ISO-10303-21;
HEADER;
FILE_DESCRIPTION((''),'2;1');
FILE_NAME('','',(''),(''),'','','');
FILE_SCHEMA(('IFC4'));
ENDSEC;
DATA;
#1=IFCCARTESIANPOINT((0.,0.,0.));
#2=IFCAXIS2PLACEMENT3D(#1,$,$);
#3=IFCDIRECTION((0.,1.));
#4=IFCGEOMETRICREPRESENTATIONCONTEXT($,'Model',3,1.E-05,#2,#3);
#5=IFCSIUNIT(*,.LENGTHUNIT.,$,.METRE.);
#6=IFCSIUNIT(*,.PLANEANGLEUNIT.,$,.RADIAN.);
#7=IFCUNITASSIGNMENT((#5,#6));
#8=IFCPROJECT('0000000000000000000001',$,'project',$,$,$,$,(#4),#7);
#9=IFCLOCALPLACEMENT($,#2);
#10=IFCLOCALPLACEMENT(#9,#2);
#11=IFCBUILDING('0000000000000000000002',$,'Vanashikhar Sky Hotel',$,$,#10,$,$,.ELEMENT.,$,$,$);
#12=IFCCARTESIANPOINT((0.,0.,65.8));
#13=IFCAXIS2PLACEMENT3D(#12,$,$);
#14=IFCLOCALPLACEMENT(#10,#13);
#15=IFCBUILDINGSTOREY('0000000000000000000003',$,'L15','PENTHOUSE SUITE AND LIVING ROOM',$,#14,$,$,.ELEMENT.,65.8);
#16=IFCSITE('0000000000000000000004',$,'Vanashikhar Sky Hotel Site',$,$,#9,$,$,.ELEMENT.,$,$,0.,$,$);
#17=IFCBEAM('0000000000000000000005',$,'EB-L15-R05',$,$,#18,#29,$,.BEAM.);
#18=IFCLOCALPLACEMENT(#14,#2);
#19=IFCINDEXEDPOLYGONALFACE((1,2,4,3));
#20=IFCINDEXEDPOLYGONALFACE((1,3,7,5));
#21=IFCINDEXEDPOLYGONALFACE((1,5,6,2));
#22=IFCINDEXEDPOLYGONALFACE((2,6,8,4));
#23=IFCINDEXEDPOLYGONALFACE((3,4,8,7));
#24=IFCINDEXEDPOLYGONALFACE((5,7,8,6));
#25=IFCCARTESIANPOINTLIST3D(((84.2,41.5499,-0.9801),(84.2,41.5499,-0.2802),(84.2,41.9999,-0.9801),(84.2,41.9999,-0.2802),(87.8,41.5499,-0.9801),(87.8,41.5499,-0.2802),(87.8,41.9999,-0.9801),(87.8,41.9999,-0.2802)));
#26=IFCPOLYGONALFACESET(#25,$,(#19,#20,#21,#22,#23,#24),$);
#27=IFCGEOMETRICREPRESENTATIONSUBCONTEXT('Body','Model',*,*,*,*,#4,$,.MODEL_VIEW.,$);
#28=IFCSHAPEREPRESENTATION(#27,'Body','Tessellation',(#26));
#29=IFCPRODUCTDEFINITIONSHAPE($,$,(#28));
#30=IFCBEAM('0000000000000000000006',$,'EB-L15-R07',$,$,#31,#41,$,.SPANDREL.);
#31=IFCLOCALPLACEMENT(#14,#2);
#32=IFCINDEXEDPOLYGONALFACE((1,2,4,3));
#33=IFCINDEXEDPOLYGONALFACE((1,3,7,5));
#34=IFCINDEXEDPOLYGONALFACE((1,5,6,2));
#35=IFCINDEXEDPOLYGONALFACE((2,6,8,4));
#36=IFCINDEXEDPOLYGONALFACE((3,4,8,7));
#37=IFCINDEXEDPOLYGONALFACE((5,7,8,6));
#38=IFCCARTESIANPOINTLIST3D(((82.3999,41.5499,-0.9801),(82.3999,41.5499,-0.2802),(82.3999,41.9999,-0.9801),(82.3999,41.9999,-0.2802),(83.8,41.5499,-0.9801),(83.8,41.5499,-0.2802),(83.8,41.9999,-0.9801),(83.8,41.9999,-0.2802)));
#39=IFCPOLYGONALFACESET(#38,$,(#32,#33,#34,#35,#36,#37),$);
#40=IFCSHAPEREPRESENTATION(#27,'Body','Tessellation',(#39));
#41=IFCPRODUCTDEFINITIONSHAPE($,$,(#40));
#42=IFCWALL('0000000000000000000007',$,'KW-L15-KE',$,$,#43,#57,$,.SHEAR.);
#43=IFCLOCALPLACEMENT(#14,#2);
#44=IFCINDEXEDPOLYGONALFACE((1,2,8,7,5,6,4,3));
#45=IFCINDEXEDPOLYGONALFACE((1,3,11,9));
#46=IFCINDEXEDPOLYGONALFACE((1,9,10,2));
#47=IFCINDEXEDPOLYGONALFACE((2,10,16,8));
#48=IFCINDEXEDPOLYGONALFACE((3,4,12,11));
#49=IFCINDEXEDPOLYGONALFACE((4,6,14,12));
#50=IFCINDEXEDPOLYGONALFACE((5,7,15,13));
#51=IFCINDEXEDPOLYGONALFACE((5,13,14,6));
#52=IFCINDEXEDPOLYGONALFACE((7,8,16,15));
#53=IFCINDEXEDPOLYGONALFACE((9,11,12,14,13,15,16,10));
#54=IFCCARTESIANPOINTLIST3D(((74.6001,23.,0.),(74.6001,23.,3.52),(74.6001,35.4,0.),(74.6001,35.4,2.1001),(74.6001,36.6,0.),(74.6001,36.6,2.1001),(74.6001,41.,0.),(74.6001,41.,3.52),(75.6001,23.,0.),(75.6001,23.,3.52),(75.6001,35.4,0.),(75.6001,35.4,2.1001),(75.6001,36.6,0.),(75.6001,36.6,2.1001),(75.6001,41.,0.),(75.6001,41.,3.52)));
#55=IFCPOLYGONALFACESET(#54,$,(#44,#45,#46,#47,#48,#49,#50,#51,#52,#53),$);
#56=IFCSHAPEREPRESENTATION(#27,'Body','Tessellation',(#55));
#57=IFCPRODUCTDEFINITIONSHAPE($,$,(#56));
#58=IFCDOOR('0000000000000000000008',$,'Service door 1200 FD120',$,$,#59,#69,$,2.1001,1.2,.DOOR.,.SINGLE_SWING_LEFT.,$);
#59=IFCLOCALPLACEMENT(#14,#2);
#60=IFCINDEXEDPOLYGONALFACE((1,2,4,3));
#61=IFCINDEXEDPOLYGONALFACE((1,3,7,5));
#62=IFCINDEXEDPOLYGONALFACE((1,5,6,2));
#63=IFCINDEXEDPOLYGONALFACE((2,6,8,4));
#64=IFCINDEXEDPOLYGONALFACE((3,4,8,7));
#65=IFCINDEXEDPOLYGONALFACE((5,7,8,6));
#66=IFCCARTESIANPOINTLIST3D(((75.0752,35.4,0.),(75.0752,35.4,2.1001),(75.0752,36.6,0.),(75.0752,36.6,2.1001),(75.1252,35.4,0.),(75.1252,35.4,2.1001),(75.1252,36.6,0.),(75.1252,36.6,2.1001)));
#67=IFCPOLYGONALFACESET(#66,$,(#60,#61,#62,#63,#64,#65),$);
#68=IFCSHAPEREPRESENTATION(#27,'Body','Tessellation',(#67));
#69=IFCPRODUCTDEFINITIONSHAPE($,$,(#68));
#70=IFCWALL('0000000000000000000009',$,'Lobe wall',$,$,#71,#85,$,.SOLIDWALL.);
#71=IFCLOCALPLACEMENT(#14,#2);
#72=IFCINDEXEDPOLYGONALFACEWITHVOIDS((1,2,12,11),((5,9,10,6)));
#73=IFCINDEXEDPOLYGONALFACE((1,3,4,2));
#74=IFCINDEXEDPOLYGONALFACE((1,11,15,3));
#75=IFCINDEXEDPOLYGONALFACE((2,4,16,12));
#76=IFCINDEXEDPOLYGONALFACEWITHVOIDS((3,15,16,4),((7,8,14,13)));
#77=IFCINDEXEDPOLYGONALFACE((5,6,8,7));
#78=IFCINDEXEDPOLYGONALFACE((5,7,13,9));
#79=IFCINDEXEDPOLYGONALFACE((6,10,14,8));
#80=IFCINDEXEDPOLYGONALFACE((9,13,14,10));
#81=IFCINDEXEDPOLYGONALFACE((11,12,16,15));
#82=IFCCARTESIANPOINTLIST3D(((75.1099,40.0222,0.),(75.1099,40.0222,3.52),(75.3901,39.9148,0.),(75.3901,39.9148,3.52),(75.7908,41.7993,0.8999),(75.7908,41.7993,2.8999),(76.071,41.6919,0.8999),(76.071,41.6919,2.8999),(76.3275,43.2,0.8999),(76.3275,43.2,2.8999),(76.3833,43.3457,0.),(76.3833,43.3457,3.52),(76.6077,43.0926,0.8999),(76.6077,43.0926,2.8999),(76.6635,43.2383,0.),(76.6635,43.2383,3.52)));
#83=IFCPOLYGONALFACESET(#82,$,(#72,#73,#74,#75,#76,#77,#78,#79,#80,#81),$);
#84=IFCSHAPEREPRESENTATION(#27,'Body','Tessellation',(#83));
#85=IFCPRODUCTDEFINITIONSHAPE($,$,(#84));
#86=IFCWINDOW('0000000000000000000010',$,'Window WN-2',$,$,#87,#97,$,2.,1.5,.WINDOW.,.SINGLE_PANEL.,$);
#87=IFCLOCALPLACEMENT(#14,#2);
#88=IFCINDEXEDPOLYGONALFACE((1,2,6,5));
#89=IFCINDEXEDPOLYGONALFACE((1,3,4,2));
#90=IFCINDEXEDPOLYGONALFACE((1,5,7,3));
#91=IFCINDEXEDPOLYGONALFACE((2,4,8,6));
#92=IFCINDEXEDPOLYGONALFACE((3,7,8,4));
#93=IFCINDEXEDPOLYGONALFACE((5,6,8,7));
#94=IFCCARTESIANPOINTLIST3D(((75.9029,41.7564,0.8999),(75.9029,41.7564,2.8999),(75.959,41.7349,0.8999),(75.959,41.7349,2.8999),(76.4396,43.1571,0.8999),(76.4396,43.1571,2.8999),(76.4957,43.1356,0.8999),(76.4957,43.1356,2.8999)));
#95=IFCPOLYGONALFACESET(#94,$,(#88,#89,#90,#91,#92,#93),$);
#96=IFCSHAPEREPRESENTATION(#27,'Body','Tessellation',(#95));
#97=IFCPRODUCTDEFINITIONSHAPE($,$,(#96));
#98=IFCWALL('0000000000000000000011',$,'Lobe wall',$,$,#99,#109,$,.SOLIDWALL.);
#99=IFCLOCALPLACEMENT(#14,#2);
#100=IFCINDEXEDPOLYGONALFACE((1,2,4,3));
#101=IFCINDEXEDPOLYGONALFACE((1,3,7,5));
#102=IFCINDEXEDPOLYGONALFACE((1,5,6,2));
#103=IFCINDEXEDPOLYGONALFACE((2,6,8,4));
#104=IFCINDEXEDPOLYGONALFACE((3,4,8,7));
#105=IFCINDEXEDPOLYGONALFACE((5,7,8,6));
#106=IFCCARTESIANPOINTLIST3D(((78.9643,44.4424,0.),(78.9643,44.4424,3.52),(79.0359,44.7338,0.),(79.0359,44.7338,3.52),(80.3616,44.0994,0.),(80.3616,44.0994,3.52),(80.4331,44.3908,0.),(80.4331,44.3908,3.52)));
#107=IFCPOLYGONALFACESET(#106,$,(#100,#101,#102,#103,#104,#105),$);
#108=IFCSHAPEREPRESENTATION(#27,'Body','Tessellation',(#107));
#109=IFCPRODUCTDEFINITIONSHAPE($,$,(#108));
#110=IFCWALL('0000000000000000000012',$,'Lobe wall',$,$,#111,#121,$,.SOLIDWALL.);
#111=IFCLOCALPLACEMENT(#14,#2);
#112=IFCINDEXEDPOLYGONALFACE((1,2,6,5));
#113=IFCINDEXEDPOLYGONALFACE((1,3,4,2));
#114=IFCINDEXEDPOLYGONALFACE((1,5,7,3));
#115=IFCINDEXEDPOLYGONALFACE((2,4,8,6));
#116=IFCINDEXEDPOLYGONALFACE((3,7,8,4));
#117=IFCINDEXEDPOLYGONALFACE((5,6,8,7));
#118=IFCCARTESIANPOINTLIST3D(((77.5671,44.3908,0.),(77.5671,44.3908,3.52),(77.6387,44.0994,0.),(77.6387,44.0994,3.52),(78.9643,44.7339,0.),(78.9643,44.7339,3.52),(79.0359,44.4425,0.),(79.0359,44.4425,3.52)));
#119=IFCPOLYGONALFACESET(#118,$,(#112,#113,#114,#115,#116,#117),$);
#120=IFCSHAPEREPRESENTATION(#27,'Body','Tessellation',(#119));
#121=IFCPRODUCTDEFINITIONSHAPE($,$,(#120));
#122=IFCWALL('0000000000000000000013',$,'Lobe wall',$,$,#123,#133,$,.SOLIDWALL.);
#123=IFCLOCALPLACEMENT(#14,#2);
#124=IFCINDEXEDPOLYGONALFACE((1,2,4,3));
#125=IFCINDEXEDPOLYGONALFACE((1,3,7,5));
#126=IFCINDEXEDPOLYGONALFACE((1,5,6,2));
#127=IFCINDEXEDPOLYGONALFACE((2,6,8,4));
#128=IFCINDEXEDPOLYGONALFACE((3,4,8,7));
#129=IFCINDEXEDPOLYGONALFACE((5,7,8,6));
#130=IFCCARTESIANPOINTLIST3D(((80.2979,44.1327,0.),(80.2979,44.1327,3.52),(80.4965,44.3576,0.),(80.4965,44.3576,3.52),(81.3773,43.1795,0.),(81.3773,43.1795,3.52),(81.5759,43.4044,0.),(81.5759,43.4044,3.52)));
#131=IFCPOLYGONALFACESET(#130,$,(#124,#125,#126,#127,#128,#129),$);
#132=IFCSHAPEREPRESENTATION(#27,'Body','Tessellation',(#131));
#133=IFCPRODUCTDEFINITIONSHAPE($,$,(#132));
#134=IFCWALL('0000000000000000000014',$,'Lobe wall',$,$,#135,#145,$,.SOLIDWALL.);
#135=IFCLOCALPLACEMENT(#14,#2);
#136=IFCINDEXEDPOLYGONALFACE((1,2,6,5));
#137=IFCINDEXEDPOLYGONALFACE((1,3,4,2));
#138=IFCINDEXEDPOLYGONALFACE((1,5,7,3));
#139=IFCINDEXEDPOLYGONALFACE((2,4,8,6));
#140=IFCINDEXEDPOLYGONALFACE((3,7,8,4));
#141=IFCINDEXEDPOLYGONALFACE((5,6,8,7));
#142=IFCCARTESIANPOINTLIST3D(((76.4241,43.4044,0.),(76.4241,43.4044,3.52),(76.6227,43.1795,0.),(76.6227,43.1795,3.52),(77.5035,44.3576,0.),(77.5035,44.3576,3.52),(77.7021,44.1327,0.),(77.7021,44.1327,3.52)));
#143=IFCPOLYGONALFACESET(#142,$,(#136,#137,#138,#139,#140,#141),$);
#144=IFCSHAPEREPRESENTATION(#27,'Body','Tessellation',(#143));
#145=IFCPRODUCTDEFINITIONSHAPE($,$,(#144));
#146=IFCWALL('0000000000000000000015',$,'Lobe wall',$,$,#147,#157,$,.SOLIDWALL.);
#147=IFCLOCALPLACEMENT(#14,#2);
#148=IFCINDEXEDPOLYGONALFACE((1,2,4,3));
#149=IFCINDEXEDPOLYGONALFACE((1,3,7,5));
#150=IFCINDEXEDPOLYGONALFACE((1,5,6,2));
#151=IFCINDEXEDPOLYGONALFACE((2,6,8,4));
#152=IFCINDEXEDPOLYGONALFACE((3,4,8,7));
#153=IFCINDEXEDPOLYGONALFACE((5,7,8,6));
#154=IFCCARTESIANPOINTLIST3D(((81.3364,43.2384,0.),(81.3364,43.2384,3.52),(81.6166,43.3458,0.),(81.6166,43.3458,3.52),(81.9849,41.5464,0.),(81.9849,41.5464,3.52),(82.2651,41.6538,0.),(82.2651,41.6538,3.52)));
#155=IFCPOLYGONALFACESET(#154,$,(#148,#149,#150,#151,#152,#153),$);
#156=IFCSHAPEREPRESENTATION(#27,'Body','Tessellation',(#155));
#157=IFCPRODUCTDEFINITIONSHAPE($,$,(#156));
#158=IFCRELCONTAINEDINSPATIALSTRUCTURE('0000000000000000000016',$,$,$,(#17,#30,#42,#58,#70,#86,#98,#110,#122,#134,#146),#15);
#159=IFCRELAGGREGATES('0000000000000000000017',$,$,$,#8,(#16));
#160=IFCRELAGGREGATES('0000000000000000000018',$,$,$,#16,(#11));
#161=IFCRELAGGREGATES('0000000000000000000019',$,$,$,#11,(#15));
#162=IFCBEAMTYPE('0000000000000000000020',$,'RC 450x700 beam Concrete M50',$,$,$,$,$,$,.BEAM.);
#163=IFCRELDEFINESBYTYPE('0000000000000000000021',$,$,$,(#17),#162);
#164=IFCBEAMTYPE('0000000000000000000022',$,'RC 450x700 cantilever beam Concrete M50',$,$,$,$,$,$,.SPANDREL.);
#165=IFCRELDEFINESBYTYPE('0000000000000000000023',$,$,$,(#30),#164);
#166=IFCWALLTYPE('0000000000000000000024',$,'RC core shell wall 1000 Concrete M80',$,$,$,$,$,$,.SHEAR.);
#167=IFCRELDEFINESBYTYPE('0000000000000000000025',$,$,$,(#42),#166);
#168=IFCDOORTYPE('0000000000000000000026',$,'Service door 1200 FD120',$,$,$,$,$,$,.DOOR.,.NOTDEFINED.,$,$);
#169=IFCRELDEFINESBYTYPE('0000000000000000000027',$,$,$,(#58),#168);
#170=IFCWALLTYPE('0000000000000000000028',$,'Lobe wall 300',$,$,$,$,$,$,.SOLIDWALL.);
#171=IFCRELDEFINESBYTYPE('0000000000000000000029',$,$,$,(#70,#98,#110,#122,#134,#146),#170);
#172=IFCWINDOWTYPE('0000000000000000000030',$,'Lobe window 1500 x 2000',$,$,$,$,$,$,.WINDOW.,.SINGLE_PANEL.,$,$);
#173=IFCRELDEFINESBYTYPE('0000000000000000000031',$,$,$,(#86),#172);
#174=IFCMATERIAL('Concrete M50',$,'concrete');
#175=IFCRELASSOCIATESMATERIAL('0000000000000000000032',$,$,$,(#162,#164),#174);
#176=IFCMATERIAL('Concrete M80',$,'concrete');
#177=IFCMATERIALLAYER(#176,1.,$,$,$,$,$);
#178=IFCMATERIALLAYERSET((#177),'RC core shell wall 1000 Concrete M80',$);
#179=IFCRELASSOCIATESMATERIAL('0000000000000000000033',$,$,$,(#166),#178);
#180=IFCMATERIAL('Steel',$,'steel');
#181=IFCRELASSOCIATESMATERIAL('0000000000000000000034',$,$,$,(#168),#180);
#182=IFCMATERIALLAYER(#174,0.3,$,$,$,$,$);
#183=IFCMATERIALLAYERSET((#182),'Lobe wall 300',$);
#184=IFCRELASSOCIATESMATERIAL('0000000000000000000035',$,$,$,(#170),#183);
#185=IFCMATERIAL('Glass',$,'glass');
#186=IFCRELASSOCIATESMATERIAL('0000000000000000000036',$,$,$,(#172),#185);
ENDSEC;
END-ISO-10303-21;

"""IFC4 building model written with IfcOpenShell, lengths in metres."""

from ifc_helpers import new_model, si_unit, direction, frame, frame_2d, origin, origin_2d, place, context, subcontext, project, spatial, rectangle, extrude, source, transform, mapped, material, layer, layer_set, material_profile, profile_set, type_object, element, fill, save


model = new_model("IFC4")

# Units and contexts
model_context = context("Model", 3, precision=1e-05, world=origin(), true_north=direction((0.0, 1.0)))
body_context = subcontext(model_context, "Body", "Model", "MODEL_VIEW")
ifc_project = project(units=[si_unit("LENGTHUNIT", "METRE"), si_unit("PLANEANGLEUNIT", "RADIAN")], contexts=[model_context])

# Site, building, storey
site_placement = place(None, origin())
site = spatial("IfcSite", under=ifc_project, at=site_placement, Name="Vanashikhar Sky Hotel Site", CompositionType="ELEMENT", RefElevation=0.0)
building_placement = place(site_placement, origin())
building = spatial("IfcBuilding", under=site, at=building_placement, Name="Vanashikhar Sky Hotel", CompositionType="ELEMENT")
storey_placement = place(building_placement, frame((0.0, 0.0, 65.8)))
storey = spatial("IfcBuildingStorey", under=building, at=storey_placement, Name="L15", Description="PENTHOUSE SUITE AND LIVING ROOM", CompositionType="ELEMENT", Elevation=65.8)

# Beams
ifc_material_1 = material(Name="Concrete M50", Category="concrete")
ifc_material_profile_1 = material_profile(ifc_material_1, rectangle(XDim=0.45, YDim=0.7, at=origin_2d()))
ifc_profile_set_1 = profile_set([ifc_material_profile_1], Name="RC 450x700 beam Concrete M50")
beam_type_1 = type_object("IfcBeamType", Name="RC 450x700 beam Concrete M50", PredefinedType="BEAM", material=ifc_profile_set_1)
shared_shape_1 = source(origin(), body_context, "Body", "SweptSolid", [
    extrude(rectangle(XDim=0.45, YDim=0.7, at=origin_2d()), origin(), (0.0, 0.0, 1.0), 3.6001),
])
beam_1_placement = place(storey_placement, frame((84.2, 41.7749, -0.6301), z_axis=(1.0, 0.0, 0.0), x_axis=(0.0, 1.0, 0.0)))
element("IfcBeam", 1, at=beam_1_placement, inside=storey, type_object=beam_type_1, Name="EB-L15-R05", PredefinedType="BEAM", context=body_context, shape_type="MappedRepresentation", body=[
    mapped(shared_shape_1, transform((0.0, 0.0, 0.0), scale=1.0)),
])
ifc_material_profile_2 = material_profile(ifc_material_1, rectangle(XDim=0.45, YDim=0.7, at=origin_2d()))
ifc_profile_set_2 = profile_set([ifc_material_profile_2], Name="RC 450x700 cantilever beam Concrete M50")
beam_type_2 = type_object("IfcBeamType", Name="RC 450x700 cantilever beam Concrete M50", PredefinedType="SPANDREL", material=ifc_profile_set_2)
shared_shape_2 = source(origin(), body_context, "Body", "SweptSolid", [
    extrude(rectangle(XDim=0.45, YDim=0.7, at=origin_2d()), origin(), (0.0, 0.0, 1.0), 1.4001),
])
beam_2_placement = place(storey_placement, frame((82.3999, 41.7749, -0.6301), z_axis=(1.0, 0.0, 0.0), x_axis=(0.0, 1.0, 0.0)))
element("IfcBeam", 2, at=beam_2_placement, inside=storey, type_object=beam_type_2, Name="EB-L15-R07", PredefinedType="SPANDREL", context=body_context, shape_type="MappedRepresentation", body=[
    mapped(shared_shape_2, transform((0.0, 0.0, 0.0), scale=1.0)),
])

# Wall, opening, door
ifc_material_2 = material(Name="Concrete M80", Category="concrete")
ifc_layer_1 = layer(ifc_material_2, 1.0)
ifc_layer_set_1 = layer_set([ifc_layer_1], Name="RC core shell wall 1000 Concrete M80")
wall_type_1 = type_object("IfcWallType", Name="RC core shell wall 1000 Concrete M80", PredefinedType="SHEAR", material=ifc_layer_set_1)
shared_shape_3 = source(origin(), body_context, "Body", "SweptSolid", [
    extrude(rectangle(XDim=18.0, YDim=1.0, at=frame_2d((9.0, 0.0))), origin(), (0.0, 0.0, 1.0), 3.52),
])
wall_1_placement = place(storey_placement, frame((75.1001, 23.0, 0.0), z_axis=(0.0, 0.0, 1.0), x_axis=(0.0, 1.0, 0.0)))
wall_1 = element("IfcWall", 3, at=wall_1_placement, inside=storey, type_object=wall_type_1, Name="KW-L15-KE", PredefinedType="SHEAR", context=body_context, shape_type="MappedRepresentation", body=[
    mapped(shared_shape_3, transform((0.0, 0.0, 0.0), scale=1.0)),
])
shared_shape_4 = source(origin(), body_context, "Body", "SweptSolid", [
    extrude(rectangle(XDim=1.2, YDim=2.1001, at=frame_2d((0.6001, 1.05))), frame((0.0, 0.51, 0.0), z_axis=(0.0, -1.0, 0.0), x_axis=(1.0, 0.0, 0.0)), (0.0, 0.0, 1.0), 1.02),
])
opening_1_placement = place(wall_1_placement, frame((12.3999, 0.0, 0.0)))
opening_1 = element("IfcOpeningElement", 4, at=opening_1_placement, cuts=wall_1, PredefinedType="OPENING", context=body_context, shape_type="MappedRepresentation", body=[
    mapped(shared_shape_4, transform((0.0, 0.0, 0.0), scale=1.0)),
])
ifc_material_3 = material(Name="Steel", Category="steel")
door_type_1 = type_object("IfcDoorType", Name="Service door 1200 FD120", OperationType="NOTDEFINED", PredefinedType="DOOR", material=ifc_material_3)
shared_shape_5 = source(origin(), body_context, "Body", "SweptSolid", [
    extrude(rectangle(XDim=1.2, YDim=2.1001, at=frame_2d((0.6001, 1.05))), frame((0.0, 0.0249, 0.0), z_axis=(0.0, -1.0, 0.0), x_axis=(1.0, 0.0, 0.0)), (0.0, 0.0, 1.0), 0.05),
])
door_1_placement = place(opening_1_placement, origin())
door_1 = element("IfcDoor", 5, at=door_1_placement, inside=storey, type_object=door_type_1, Name="Service door 1200 FD120", OperationType="SINGLE_SWING_LEFT", OverallHeight=2.1001, OverallWidth=1.2, PredefinedType="DOOR", context=body_context, shape_type="MappedRepresentation", body=[
    mapped(shared_shape_5, transform((0.0, 0.0, 0.0), scale=1.0)),
])
fill(opening_1, door_1)

# Wall, opening, window
ifc_layer_2 = layer(ifc_material_1, 0.3)
ifc_layer_set_2 = layer_set([ifc_layer_2], Name="Lobe wall 300")
wall_type_2 = type_object("IfcWallType", Name="Lobe wall 300", PredefinedType="SOLIDWALL", material=ifc_layer_set_2)
shared_shape_6 = source(origin(), body_context, "Body", "SweptSolid", [
    extrude(rectangle(XDim=3.5591, YDim=0.3, at=frame_2d((1.7795, 0.0))), origin(), (0.0, 0.0, 1.0), 3.52),
])
wall_2_placement = place(storey_placement, frame((76.5234, 43.292, 0.0), z_axis=(0.0, 0.0, 1.0), x_axis=(-0.357797, -0.933799, 0.0)))
wall_2 = element("IfcWall", 6, at=wall_2_placement, inside=storey, type_object=wall_type_2, Name="Lobe wall", PredefinedType="SOLIDWALL", context=body_context, shape_type="MappedRepresentation", body=[
    mapped(shared_shape_6, transform((0.0, 0.0, 0.0), scale=1.0)),
])
shared_shape_7 = source(origin(), body_context, "Body", "SweptSolid", [
    extrude(rectangle(XDim=1.5, YDim=2.0, at=frame_2d((0.75, 1.0))), frame((0.0, 0.1602, 0.0), z_axis=(0.0, -1.0, 0.0), x_axis=(1.0, 0.0, 0.0)), (0.0, 0.0, 1.0), 0.3201),
])
opening_2_placement = place(wall_2_placement, frame((0.156, 0.0, 0.8999)))
opening_2 = element("IfcOpeningElement", 7, at=opening_2_placement, cuts=wall_2, PredefinedType="OPENING", context=body_context, shape_type="MappedRepresentation", body=[
    mapped(shared_shape_7, transform((0.0, 0.0, 0.0), scale=1.0)),
])
ifc_material_4 = material(Name="Glass", Category="glass")
window_type = type_object("IfcWindowType", Name="Lobe window 1500 x 2000", PartitioningType="SINGLE_PANEL", PredefinedType="WINDOW", material=ifc_material_4)
shared_shape_8 = source(origin(), body_context, "Body", "SweptSolid", [
    extrude(rectangle(XDim=1.5, YDim=2.0, at=frame_2d((0.75, 1.0))), frame((0.0, 0.03, 0.0), z_axis=(0.0, -1.0, 0.0), x_axis=(1.0, 0.0, 0.0)), (0.0, 0.0, 1.0), 0.0601),
])
window_placement = place(opening_2_placement, origin())
window = element("IfcWindow", 8, at=window_placement, inside=storey, type_object=window_type, Name="Window WN-2", OverallHeight=2.0, OverallWidth=1.5, PartitioningType="SINGLE_PANEL", PredefinedType="WINDOW", context=body_context, shape_type="MappedRepresentation", body=[
    mapped(shared_shape_8, transform((0.0, 0.0, 0.0), scale=1.0)),
])
fill(opening_2, window)

# Walls
shared_shape_9 = source(origin(), body_context, "Body", "SweptSolid", [
    extrude(rectangle(XDim=1.4387, YDim=0.3, at=frame_2d((0.7192, 0.0))), origin(), (0.0, 0.0, 1.0), 3.52),
])
for number, where, z_axis, x_axis, name in (
    (9, (80.3972, 44.2451, 0.0), (0.0, 0.0, 1.0), (-0.971162, 0.238421, 0.0), "Lobe wall"),
    (10, (79.0, 44.5881, 0.0), (0.0, 0.0, 1.0), (-0.971162, -0.238421, 0.0), "Lobe wall"),
):
    element("IfcWall", number, at=place(storey_placement, frame(where, z_axis=z_axis, x_axis=x_axis)), inside=storey, type_object=wall_type_2, Name=name, PredefinedType="SOLIDWALL", context=body_context, shape_type="MappedRepresentation", body=[
        mapped(shared_shape_9, transform((0.0, 0.0, 0.0), scale=1.0)),
    ])
shared_shape_10 = source(origin(), body_context, "Body", "SweptSolid", [
    extrude(rectangle(XDim=1.4399, YDim=0.3, at=frame_2d((0.72, 0.0))), origin(), (0.0, 0.0, 1.0), 3.52),
])
for number, where, z_axis, x_axis, name in (
    (11, (81.4766, 43.292, 0.0), (0.0, 0.0, 1.0), (-0.749576, 0.661919, 0.0), "Lobe wall"),
    (12, (77.6028, 44.2451, 0.0), (0.0, 0.0, 1.0), (-0.749576, -0.661919, 0.0), "Lobe wall"),
):
    element("IfcWall", number, at=place(storey_placement, frame(where, z_axis=z_axis, x_axis=x_axis)), inside=storey, type_object=wall_type_2, Name=name, PredefinedType="SOLIDWALL", context=body_context, shape_type="MappedRepresentation", body=[
        mapped(shared_shape_10, transform((0.0, 0.0, 0.0), scale=1.0)),
    ])
shared_shape_11 = source(origin(), body_context, "Body", "SweptSolid", [
    extrude(rectangle(XDim=1.812, YDim=0.3, at=frame_2d((0.906, 0.0))), origin(), (0.0, 0.0, 1.0), 3.52),
])
wall_3_placement = place(storey_placement, frame((82.125, 41.6001, 0.0), z_axis=(0.0, 0.0, 1.0), x_axis=(-0.357877, 0.933769, 0.0)))
element("IfcWall", 13, at=wall_3_placement, inside=storey, type_object=wall_type_2, Name="Lobe wall", PredefinedType="SOLIDWALL", context=body_context, shape_type="MappedRepresentation", body=[
    mapped(shared_shape_11, transform((0.0, 0.0, 0.0), scale=1.0)),
])

save(model, "model.ifc")
